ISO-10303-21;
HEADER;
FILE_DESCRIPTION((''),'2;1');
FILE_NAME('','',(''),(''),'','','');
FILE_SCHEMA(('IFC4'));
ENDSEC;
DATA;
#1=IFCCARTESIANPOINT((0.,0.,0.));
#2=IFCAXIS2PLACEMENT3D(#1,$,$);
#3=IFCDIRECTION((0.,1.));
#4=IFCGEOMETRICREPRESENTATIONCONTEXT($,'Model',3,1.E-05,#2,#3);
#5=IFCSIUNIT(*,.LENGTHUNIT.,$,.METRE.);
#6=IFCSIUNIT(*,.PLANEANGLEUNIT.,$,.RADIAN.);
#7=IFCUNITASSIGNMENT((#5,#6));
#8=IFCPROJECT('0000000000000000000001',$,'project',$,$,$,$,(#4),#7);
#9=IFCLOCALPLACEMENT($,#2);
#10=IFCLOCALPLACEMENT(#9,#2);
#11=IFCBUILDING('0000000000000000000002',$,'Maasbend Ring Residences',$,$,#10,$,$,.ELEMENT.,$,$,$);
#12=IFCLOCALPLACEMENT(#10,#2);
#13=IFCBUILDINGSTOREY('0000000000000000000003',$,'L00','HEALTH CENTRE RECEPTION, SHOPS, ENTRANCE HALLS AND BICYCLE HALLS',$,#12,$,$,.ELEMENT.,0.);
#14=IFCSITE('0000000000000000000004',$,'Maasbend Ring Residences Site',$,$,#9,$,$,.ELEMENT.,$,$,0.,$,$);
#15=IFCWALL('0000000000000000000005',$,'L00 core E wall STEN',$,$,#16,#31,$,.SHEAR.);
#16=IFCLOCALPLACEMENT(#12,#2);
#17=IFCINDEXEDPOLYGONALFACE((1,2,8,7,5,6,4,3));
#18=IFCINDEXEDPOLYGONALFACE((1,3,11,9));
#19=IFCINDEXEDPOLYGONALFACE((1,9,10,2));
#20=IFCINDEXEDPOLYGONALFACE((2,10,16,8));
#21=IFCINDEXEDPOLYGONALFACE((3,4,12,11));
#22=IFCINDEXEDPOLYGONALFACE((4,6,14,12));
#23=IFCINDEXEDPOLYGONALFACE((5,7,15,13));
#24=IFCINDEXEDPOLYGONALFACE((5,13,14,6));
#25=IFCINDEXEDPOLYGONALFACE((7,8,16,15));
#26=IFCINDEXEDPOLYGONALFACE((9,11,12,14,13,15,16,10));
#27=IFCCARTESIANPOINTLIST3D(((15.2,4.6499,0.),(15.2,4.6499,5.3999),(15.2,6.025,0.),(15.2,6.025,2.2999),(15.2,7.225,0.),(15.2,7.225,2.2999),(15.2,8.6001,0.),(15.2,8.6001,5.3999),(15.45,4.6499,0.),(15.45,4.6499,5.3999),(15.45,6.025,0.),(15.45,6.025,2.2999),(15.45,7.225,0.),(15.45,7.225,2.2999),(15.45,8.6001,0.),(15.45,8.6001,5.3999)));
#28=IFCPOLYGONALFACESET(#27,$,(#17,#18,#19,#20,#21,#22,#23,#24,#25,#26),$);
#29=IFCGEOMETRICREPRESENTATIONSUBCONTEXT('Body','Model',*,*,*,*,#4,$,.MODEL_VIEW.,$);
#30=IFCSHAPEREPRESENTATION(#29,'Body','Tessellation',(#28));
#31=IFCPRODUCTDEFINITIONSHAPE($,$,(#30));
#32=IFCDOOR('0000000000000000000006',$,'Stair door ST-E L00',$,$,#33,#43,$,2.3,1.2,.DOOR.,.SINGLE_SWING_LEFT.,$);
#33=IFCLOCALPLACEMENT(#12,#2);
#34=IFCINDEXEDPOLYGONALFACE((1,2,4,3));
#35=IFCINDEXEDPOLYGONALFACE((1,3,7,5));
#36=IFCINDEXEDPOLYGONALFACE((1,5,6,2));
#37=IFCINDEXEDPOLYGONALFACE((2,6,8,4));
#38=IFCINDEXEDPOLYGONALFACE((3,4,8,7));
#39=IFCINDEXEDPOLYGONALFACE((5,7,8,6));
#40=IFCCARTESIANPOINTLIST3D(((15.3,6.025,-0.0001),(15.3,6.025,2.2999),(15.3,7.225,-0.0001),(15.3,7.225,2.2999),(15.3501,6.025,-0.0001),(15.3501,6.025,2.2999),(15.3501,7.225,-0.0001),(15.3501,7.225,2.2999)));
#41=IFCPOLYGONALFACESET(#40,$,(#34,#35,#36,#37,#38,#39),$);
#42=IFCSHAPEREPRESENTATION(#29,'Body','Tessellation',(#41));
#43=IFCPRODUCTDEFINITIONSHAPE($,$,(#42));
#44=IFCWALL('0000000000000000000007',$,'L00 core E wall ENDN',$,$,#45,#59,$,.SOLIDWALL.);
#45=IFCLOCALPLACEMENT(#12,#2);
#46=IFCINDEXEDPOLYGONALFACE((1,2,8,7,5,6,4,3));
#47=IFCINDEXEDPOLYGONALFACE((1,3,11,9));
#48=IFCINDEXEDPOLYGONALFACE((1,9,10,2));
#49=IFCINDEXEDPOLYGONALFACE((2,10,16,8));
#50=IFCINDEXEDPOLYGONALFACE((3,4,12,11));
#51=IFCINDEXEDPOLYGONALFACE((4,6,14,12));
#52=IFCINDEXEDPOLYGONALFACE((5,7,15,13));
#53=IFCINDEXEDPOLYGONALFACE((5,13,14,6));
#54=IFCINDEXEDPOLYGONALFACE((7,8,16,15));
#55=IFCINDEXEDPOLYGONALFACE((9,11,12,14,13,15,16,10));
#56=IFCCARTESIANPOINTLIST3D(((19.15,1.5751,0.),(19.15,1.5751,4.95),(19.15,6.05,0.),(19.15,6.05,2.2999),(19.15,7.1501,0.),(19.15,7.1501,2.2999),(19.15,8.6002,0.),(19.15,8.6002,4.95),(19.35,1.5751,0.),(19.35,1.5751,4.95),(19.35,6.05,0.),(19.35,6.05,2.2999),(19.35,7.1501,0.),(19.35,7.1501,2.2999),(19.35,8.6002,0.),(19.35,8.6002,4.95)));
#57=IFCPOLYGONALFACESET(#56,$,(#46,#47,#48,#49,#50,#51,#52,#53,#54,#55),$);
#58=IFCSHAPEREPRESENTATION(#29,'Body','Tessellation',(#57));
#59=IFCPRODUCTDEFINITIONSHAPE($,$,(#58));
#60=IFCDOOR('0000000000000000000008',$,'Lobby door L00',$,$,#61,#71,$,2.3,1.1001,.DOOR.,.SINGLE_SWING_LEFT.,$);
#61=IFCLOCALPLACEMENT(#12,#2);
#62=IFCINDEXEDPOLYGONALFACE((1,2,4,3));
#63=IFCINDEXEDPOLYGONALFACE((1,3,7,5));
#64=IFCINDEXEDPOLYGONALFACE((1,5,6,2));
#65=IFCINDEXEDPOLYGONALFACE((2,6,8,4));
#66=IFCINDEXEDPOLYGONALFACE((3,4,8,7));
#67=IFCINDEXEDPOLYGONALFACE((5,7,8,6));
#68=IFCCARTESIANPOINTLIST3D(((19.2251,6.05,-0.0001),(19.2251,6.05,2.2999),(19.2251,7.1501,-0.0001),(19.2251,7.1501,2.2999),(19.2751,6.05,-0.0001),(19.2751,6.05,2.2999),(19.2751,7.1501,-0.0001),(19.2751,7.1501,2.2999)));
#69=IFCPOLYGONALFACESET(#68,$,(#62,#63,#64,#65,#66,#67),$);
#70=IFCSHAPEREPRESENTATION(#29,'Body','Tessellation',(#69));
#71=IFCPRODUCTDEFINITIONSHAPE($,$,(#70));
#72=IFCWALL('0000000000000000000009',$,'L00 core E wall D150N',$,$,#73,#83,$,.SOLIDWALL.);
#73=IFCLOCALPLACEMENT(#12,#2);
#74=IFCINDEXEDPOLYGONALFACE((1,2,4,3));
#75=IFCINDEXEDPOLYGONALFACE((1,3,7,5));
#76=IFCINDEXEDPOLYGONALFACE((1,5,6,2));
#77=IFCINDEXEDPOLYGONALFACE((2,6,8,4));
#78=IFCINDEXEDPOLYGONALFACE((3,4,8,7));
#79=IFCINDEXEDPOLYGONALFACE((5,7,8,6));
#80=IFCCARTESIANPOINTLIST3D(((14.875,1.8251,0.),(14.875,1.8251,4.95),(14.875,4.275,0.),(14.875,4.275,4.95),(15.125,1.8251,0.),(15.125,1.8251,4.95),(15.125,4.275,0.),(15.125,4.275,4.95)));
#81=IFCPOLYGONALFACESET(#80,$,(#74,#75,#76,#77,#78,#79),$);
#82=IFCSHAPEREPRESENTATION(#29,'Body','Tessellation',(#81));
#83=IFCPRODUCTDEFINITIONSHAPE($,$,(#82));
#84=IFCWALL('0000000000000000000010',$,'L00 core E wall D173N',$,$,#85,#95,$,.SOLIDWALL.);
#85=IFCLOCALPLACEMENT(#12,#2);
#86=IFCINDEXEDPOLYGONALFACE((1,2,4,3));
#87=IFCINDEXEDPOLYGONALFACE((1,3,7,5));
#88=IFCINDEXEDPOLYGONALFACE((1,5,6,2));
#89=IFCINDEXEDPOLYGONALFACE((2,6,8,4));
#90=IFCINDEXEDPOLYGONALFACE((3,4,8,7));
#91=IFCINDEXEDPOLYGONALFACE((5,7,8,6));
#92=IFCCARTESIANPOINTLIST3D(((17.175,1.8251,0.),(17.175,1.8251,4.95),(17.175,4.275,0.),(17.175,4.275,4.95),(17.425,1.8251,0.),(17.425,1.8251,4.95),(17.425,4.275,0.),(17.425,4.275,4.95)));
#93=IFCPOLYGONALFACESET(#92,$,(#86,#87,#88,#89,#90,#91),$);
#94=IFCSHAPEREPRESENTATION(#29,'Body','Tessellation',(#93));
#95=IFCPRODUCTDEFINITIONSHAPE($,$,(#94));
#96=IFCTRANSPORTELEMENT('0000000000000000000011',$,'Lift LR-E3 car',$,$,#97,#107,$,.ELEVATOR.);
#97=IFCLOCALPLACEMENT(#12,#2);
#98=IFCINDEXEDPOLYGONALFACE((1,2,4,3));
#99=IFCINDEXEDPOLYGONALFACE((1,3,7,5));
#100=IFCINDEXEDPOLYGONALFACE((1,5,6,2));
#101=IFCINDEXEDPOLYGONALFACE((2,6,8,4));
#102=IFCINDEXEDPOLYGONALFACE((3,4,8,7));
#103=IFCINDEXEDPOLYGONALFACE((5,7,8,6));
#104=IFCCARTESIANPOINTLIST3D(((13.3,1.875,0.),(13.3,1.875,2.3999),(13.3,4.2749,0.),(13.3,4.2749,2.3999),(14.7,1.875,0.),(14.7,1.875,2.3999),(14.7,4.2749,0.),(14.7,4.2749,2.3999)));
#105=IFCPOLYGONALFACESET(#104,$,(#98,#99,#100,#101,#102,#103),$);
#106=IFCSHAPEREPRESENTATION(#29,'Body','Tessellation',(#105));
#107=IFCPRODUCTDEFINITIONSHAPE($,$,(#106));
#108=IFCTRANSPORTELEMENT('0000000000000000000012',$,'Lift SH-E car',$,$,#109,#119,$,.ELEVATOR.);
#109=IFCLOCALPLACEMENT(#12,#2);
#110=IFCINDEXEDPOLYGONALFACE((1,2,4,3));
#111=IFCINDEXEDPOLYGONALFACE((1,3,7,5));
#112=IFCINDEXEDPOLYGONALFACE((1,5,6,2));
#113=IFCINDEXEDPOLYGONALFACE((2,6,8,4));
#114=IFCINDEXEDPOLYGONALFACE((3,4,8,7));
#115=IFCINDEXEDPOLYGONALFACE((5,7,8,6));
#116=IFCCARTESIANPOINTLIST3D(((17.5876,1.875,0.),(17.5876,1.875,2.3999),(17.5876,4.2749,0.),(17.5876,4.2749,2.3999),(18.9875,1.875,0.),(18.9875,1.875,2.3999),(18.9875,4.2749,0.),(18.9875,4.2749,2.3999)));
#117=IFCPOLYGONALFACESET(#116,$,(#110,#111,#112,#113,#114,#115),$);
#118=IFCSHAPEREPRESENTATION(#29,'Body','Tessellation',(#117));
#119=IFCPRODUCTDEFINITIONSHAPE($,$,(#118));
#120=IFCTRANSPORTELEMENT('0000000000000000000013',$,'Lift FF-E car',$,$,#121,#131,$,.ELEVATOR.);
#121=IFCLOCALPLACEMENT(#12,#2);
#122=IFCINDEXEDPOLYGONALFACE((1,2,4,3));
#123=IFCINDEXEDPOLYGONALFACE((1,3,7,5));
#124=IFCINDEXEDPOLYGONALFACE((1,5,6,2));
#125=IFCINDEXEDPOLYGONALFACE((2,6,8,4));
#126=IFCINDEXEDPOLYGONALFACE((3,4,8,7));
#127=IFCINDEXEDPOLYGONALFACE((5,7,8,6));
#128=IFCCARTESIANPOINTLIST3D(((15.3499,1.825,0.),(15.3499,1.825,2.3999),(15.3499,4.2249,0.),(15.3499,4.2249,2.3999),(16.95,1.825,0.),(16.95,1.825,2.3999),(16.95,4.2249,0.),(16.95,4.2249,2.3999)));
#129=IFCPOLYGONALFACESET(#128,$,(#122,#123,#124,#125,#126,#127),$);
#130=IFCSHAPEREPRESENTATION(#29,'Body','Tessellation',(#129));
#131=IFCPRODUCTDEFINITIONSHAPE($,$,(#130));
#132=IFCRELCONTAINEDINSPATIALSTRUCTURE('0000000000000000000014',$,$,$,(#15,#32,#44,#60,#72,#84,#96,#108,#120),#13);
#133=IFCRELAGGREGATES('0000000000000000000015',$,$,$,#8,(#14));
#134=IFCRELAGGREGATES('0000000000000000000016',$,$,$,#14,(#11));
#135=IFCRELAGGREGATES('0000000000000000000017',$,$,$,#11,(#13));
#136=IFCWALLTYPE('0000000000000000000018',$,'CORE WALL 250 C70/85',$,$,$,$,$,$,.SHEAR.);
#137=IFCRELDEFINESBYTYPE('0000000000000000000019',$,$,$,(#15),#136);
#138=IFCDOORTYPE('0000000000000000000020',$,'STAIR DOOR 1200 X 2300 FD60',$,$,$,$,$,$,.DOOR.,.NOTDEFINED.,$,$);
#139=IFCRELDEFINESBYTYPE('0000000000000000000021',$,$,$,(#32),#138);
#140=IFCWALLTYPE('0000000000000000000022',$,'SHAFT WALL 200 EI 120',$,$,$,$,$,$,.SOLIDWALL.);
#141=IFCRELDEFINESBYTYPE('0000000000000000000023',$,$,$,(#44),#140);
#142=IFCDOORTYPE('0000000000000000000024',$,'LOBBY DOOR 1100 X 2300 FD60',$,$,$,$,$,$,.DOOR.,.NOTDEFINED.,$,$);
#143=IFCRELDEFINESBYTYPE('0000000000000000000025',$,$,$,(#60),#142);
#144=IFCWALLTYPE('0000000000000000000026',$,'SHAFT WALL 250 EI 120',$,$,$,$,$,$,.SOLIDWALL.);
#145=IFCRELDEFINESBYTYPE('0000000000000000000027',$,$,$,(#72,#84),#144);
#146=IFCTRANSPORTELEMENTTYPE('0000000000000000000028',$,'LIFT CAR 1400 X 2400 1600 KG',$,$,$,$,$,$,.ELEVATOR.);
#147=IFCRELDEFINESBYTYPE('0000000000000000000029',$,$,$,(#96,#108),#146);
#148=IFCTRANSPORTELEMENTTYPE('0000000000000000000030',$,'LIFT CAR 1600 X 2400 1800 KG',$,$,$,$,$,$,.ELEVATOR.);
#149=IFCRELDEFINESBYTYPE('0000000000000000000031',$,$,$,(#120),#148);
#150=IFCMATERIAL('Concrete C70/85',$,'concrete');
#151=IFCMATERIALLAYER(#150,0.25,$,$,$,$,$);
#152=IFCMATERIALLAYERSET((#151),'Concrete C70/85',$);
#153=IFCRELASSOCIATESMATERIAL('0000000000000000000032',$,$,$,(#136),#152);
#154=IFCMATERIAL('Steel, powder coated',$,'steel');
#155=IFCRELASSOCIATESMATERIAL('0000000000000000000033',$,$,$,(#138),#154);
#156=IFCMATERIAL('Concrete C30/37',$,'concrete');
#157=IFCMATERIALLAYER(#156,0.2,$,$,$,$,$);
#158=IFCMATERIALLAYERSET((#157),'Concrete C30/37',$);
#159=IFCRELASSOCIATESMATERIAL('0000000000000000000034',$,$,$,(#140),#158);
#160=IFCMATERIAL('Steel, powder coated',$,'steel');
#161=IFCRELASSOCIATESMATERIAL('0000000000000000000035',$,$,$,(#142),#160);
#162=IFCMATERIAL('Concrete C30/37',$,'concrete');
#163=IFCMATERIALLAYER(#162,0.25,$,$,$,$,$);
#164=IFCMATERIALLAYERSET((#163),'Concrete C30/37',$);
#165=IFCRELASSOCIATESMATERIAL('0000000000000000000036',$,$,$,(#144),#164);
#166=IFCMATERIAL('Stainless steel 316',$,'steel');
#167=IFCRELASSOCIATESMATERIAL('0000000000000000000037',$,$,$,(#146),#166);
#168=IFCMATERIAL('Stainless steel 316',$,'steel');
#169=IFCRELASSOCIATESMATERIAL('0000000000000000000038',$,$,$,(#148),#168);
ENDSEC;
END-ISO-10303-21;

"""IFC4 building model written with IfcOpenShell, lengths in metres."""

from ifc_helpers import new_model, si_unit, direction, frame, frame_2d, origin, origin_2d, place, context, subcontext, project, spatial, rectangle, extrude, material, layer, layer_set, type_object, element, fill, save


model = new_model("IFC4")

# Units and contexts
model_context = context("Model", 3, precision=1e-05, world=origin(), true_north=direction((0.0, 1.0)))
body_context = subcontext(model_context, "Body", "Model", "MODEL_VIEW")
ifc_project = project(units=[si_unit("LENGTHUNIT", "METRE"), si_unit("PLANEANGLEUNIT", "RADIAN")], contexts=[model_context])

# Site, building, storey
site_placement = place(None, origin())
site = spatial("IfcSite", under=ifc_project, at=site_placement, Name="Maasbend Ring Residences Site", CompositionType="ELEMENT", RefElevation=0.0)
building_placement = place(site_placement, origin())
building = spatial("IfcBuilding", under=site, at=building_placement, Name="Maasbend Ring Residences", CompositionType="ELEMENT")
storey_placement = place(building_placement, origin())
storey = spatial("IfcBuildingStorey", under=building, at=storey_placement, Name="L00", Description="HEALTH CENTRE RECEPTION, SHOPS, ENTRANCE HALLS AND BICYCLE HALLS", CompositionType="ELEMENT", Elevation=0.0)

# Walls, openings, doors
ifc_material_1 = material(Name="Concrete C70/85", Category="concrete")
ifc_layer_1 = layer(ifc_material_1, 0.25)
ifc_layer_set_1 = layer_set([ifc_layer_1], Name="Concrete C70/85")
wall_type_1 = type_object("IfcWallType", Name="CORE WALL 250 C70/85", PredefinedType="SHEAR", material=ifc_layer_set_1)
wall_1_placement = place(storey_placement, frame((15.325, 4.6499, 0.0), z_axis=(0.0, 0.0, 1.0), x_axis=(0.0, 1.0, 0.0)))
wall_1 = element("IfcWall", 1, at=wall_1_placement, inside=storey, type_object=wall_type_1, Name="L00 core E wall STEN", PredefinedType="SHEAR", context=body_context, shape_type="SweptSolid", body=[
    extrude(rectangle(XDim=3.9502, YDim=0.25, at=frame_2d((1.9751, 0.0))), origin(), (0.0, 0.0, 1.0), 5.3999),
])
opening_1_placement = place(wall_1_placement, frame((1.375, 0.0, 0.0)))
opening_1 = element("IfcOpeningElement", 2, at=opening_1_placement, cuts=wall_1, PredefinedType="OPENING", context=body_context, shape_type="SweptSolid", body=[
    extrude(rectangle(XDim=1.2, YDim=2.3, at=frame_2d((0.6001, 1.1499))), frame((0.0, 0.135, 0.0), z_axis=(0.0, -1.0, 0.0), x_axis=(1.0, 0.0, 0.0)), (0.0, 0.0, 1.0), 0.27),
])
ifc_material_2 = material(Name="Steel, powder coated", Category="steel")
door_type_1 = type_object("IfcDoorType", Name="STAIR DOOR 1200 X 2300 FD60", OperationType="NOTDEFINED", PredefinedType="DOOR", material=ifc_material_2)
door_1_placement = place(opening_1_placement, origin())
door_1 = element("IfcDoor", 3, at=door_1_placement, inside=storey, type_object=door_type_1, Name="Stair door ST-E L00", OperationType="SINGLE_SWING_LEFT", OverallHeight=2.3, OverallWidth=1.2, PredefinedType="DOOR", context=body_context, shape_type="SweptSolid", body=[
    extrude(rectangle(XDim=1.2, YDim=2.3, at=frame_2d((0.6001, 1.1499))), frame((0.0, 0.0249, 0.0), z_axis=(0.0, -1.0, 0.0), x_axis=(1.0, 0.0, 0.0)), (0.0, 0.0, 1.0), 0.05),
])
fill(opening_1, door_1)
ifc_material_3 = material(Name="Concrete C30/37", Category="concrete")
ifc_layer_2 = layer(ifc_material_3, 0.2)
ifc_layer_set_2 = layer_set([ifc_layer_2], Name="Concrete C30/37")
wall_type_2 = type_object("IfcWallType", Name="SHAFT WALL 200 EI 120", PredefinedType="SOLIDWALL", material=ifc_layer_set_2)
wall_2_placement = place(storey_placement, frame((19.25, 1.575, 0.0), z_axis=(0.0, 0.0, 1.0), x_axis=(0.0, 1.0, 0.0)))
wall_2 = element("IfcWall", 4, at=wall_2_placement, inside=storey, type_object=wall_type_2, Name="L00 core E wall ENDN", PredefinedType="SOLIDWALL", context=body_context, shape_type="SweptSolid", body=[
    extrude(rectangle(XDim=7.0251, YDim=0.2, at=frame_2d((3.5127, 0.0))), origin(), (0.0, 0.0, 1.0), 4.95),
])
opening_2_placement = place(wall_2_placement, frame((4.4751, 0.0, 0.0)))
opening_2 = element("IfcOpeningElement", 5, at=opening_2_placement, cuts=wall_2, PredefinedType="OPENING", context=body_context, shape_type="SweptSolid", body=[
    extrude(rectangle(XDim=1.1001, YDim=2.3, at=frame_2d((0.55, 1.1499))), frame((0.0, 0.1099, 0.0), z_axis=(0.0, -1.0, 0.0), x_axis=(1.0, 0.0, 0.0)), (0.0, 0.0, 1.0), 0.22),
])
ifc_material_4 = material(Name="Steel, powder coated", Category="steel")
door_type_2 = type_object("IfcDoorType", Name="LOBBY DOOR 1100 X 2300 FD60", OperationType="NOTDEFINED", PredefinedType="DOOR", material=ifc_material_4)
door_2_placement = place(opening_2_placement, origin())
door_2 = element("IfcDoor", 6, at=door_2_placement, inside=storey, type_object=door_type_2, Name="Lobby door L00", OperationType="SINGLE_SWING_LEFT", OverallHeight=2.3, OverallWidth=1.1001, PredefinedType="DOOR", context=body_context, shape_type="SweptSolid", body=[
    extrude(rectangle(XDim=1.1001, YDim=2.3, at=frame_2d((0.55, 1.1499))), frame((0.0, 0.0249, 0.0), z_axis=(0.0, -1.0, 0.0), x_axis=(1.0, 0.0, 0.0)), (0.0, 0.0, 1.0), 0.05),
])
fill(opening_2, door_2)

# Walls
ifc_material_5 = material(Name="Concrete C30/37", Category="concrete")
ifc_layer_3 = layer(ifc_material_5, 0.25)
ifc_layer_set_3 = layer_set([ifc_layer_3], Name="Concrete C30/37")
wall_type_3 = type_object("IfcWallType", Name="SHAFT WALL 250 EI 120", PredefinedType="SOLIDWALL", material=ifc_layer_set_3)
for number, where, z_axis, x_axis, name in (
    (7, (15.0, 1.825, 0.0), (0.0, 0.0, 1.0), (0.0, 1.0, 0.0), "L00 core E wall D150N"),
    (8, (17.3, 1.825, 0.0), (0.0, 0.0, 1.0), (0.0, 1.0, 0.0), "L00 core E wall D173N"),
):
    element("IfcWall", number, at=place(storey_placement, frame(where, z_axis=z_axis, x_axis=x_axis)), inside=storey, type_object=wall_type_3, Name=name, PredefinedType="SOLIDWALL", context=body_context, shape_type="SweptSolid", body=[
        extrude(rectangle(XDim=2.45, YDim=0.25, at=frame_2d((1.2251, 0.0))), origin(), (0.0, 0.0, 1.0), 4.95),
    ])

# Transport elements
ifc_material_6 = material(Name="Stainless steel 316", Category="steel")
transport_element_type_1 = type_object("IfcTransportElementType", Name="LIFT CAR 1400 X 2400 1600 KG", PredefinedType="ELEVATOR", material=ifc_material_6)
for number, where, z_axis, x_axis, name in (
    (9, (14.0, 3.075, 0.0), (0.0, 0.0, 1.0), (1.0, 0.0, 0.0), "Lift LR-E3 car"),
    (10, (18.2876, 3.075, 0.0), (0.0, 0.0, 1.0), (1.0, 0.0, 0.0), "Lift SH-E car"),
):
    element("IfcTransportElement", number, at=place(storey_placement, frame(where, z_axis=z_axis, x_axis=x_axis)), inside=storey, type_object=transport_element_type_1, Name=name, PredefinedType="ELEVATOR", context=body_context, shape_type="SweptSolid", body=[
        extrude(rectangle(XDim=1.3999, YDim=2.3999, at=origin_2d()), origin(), (0.0, 0.0, 1.0), 2.3999),
    ])
ifc_material_7 = material(Name="Stainless steel 316", Category="steel")
transport_element_type_2 = type_object("IfcTransportElementType", Name="LIFT CAR 1600 X 2400 1800 KG", PredefinedType="ELEVATOR", material=ifc_material_7)
transport_element_placement = place(storey_placement, frame((16.1499, 3.0249, 0.0), z_axis=(0.0, 0.0, 1.0), x_axis=(1.0, 0.0, 0.0)))
element("IfcTransportElement", 11, at=transport_element_placement, inside=storey, type_object=transport_element_type_2, Name="Lift FF-E car", PredefinedType="ELEVATOR", context=body_context, shape_type="SweptSolid", body=[
    extrude(rectangle(XDim=1.6001, YDim=2.3999, at=origin_2d()), origin(), (0.0, 0.0, 1.0), 2.3999),
])

save(model, "model.ifc")
